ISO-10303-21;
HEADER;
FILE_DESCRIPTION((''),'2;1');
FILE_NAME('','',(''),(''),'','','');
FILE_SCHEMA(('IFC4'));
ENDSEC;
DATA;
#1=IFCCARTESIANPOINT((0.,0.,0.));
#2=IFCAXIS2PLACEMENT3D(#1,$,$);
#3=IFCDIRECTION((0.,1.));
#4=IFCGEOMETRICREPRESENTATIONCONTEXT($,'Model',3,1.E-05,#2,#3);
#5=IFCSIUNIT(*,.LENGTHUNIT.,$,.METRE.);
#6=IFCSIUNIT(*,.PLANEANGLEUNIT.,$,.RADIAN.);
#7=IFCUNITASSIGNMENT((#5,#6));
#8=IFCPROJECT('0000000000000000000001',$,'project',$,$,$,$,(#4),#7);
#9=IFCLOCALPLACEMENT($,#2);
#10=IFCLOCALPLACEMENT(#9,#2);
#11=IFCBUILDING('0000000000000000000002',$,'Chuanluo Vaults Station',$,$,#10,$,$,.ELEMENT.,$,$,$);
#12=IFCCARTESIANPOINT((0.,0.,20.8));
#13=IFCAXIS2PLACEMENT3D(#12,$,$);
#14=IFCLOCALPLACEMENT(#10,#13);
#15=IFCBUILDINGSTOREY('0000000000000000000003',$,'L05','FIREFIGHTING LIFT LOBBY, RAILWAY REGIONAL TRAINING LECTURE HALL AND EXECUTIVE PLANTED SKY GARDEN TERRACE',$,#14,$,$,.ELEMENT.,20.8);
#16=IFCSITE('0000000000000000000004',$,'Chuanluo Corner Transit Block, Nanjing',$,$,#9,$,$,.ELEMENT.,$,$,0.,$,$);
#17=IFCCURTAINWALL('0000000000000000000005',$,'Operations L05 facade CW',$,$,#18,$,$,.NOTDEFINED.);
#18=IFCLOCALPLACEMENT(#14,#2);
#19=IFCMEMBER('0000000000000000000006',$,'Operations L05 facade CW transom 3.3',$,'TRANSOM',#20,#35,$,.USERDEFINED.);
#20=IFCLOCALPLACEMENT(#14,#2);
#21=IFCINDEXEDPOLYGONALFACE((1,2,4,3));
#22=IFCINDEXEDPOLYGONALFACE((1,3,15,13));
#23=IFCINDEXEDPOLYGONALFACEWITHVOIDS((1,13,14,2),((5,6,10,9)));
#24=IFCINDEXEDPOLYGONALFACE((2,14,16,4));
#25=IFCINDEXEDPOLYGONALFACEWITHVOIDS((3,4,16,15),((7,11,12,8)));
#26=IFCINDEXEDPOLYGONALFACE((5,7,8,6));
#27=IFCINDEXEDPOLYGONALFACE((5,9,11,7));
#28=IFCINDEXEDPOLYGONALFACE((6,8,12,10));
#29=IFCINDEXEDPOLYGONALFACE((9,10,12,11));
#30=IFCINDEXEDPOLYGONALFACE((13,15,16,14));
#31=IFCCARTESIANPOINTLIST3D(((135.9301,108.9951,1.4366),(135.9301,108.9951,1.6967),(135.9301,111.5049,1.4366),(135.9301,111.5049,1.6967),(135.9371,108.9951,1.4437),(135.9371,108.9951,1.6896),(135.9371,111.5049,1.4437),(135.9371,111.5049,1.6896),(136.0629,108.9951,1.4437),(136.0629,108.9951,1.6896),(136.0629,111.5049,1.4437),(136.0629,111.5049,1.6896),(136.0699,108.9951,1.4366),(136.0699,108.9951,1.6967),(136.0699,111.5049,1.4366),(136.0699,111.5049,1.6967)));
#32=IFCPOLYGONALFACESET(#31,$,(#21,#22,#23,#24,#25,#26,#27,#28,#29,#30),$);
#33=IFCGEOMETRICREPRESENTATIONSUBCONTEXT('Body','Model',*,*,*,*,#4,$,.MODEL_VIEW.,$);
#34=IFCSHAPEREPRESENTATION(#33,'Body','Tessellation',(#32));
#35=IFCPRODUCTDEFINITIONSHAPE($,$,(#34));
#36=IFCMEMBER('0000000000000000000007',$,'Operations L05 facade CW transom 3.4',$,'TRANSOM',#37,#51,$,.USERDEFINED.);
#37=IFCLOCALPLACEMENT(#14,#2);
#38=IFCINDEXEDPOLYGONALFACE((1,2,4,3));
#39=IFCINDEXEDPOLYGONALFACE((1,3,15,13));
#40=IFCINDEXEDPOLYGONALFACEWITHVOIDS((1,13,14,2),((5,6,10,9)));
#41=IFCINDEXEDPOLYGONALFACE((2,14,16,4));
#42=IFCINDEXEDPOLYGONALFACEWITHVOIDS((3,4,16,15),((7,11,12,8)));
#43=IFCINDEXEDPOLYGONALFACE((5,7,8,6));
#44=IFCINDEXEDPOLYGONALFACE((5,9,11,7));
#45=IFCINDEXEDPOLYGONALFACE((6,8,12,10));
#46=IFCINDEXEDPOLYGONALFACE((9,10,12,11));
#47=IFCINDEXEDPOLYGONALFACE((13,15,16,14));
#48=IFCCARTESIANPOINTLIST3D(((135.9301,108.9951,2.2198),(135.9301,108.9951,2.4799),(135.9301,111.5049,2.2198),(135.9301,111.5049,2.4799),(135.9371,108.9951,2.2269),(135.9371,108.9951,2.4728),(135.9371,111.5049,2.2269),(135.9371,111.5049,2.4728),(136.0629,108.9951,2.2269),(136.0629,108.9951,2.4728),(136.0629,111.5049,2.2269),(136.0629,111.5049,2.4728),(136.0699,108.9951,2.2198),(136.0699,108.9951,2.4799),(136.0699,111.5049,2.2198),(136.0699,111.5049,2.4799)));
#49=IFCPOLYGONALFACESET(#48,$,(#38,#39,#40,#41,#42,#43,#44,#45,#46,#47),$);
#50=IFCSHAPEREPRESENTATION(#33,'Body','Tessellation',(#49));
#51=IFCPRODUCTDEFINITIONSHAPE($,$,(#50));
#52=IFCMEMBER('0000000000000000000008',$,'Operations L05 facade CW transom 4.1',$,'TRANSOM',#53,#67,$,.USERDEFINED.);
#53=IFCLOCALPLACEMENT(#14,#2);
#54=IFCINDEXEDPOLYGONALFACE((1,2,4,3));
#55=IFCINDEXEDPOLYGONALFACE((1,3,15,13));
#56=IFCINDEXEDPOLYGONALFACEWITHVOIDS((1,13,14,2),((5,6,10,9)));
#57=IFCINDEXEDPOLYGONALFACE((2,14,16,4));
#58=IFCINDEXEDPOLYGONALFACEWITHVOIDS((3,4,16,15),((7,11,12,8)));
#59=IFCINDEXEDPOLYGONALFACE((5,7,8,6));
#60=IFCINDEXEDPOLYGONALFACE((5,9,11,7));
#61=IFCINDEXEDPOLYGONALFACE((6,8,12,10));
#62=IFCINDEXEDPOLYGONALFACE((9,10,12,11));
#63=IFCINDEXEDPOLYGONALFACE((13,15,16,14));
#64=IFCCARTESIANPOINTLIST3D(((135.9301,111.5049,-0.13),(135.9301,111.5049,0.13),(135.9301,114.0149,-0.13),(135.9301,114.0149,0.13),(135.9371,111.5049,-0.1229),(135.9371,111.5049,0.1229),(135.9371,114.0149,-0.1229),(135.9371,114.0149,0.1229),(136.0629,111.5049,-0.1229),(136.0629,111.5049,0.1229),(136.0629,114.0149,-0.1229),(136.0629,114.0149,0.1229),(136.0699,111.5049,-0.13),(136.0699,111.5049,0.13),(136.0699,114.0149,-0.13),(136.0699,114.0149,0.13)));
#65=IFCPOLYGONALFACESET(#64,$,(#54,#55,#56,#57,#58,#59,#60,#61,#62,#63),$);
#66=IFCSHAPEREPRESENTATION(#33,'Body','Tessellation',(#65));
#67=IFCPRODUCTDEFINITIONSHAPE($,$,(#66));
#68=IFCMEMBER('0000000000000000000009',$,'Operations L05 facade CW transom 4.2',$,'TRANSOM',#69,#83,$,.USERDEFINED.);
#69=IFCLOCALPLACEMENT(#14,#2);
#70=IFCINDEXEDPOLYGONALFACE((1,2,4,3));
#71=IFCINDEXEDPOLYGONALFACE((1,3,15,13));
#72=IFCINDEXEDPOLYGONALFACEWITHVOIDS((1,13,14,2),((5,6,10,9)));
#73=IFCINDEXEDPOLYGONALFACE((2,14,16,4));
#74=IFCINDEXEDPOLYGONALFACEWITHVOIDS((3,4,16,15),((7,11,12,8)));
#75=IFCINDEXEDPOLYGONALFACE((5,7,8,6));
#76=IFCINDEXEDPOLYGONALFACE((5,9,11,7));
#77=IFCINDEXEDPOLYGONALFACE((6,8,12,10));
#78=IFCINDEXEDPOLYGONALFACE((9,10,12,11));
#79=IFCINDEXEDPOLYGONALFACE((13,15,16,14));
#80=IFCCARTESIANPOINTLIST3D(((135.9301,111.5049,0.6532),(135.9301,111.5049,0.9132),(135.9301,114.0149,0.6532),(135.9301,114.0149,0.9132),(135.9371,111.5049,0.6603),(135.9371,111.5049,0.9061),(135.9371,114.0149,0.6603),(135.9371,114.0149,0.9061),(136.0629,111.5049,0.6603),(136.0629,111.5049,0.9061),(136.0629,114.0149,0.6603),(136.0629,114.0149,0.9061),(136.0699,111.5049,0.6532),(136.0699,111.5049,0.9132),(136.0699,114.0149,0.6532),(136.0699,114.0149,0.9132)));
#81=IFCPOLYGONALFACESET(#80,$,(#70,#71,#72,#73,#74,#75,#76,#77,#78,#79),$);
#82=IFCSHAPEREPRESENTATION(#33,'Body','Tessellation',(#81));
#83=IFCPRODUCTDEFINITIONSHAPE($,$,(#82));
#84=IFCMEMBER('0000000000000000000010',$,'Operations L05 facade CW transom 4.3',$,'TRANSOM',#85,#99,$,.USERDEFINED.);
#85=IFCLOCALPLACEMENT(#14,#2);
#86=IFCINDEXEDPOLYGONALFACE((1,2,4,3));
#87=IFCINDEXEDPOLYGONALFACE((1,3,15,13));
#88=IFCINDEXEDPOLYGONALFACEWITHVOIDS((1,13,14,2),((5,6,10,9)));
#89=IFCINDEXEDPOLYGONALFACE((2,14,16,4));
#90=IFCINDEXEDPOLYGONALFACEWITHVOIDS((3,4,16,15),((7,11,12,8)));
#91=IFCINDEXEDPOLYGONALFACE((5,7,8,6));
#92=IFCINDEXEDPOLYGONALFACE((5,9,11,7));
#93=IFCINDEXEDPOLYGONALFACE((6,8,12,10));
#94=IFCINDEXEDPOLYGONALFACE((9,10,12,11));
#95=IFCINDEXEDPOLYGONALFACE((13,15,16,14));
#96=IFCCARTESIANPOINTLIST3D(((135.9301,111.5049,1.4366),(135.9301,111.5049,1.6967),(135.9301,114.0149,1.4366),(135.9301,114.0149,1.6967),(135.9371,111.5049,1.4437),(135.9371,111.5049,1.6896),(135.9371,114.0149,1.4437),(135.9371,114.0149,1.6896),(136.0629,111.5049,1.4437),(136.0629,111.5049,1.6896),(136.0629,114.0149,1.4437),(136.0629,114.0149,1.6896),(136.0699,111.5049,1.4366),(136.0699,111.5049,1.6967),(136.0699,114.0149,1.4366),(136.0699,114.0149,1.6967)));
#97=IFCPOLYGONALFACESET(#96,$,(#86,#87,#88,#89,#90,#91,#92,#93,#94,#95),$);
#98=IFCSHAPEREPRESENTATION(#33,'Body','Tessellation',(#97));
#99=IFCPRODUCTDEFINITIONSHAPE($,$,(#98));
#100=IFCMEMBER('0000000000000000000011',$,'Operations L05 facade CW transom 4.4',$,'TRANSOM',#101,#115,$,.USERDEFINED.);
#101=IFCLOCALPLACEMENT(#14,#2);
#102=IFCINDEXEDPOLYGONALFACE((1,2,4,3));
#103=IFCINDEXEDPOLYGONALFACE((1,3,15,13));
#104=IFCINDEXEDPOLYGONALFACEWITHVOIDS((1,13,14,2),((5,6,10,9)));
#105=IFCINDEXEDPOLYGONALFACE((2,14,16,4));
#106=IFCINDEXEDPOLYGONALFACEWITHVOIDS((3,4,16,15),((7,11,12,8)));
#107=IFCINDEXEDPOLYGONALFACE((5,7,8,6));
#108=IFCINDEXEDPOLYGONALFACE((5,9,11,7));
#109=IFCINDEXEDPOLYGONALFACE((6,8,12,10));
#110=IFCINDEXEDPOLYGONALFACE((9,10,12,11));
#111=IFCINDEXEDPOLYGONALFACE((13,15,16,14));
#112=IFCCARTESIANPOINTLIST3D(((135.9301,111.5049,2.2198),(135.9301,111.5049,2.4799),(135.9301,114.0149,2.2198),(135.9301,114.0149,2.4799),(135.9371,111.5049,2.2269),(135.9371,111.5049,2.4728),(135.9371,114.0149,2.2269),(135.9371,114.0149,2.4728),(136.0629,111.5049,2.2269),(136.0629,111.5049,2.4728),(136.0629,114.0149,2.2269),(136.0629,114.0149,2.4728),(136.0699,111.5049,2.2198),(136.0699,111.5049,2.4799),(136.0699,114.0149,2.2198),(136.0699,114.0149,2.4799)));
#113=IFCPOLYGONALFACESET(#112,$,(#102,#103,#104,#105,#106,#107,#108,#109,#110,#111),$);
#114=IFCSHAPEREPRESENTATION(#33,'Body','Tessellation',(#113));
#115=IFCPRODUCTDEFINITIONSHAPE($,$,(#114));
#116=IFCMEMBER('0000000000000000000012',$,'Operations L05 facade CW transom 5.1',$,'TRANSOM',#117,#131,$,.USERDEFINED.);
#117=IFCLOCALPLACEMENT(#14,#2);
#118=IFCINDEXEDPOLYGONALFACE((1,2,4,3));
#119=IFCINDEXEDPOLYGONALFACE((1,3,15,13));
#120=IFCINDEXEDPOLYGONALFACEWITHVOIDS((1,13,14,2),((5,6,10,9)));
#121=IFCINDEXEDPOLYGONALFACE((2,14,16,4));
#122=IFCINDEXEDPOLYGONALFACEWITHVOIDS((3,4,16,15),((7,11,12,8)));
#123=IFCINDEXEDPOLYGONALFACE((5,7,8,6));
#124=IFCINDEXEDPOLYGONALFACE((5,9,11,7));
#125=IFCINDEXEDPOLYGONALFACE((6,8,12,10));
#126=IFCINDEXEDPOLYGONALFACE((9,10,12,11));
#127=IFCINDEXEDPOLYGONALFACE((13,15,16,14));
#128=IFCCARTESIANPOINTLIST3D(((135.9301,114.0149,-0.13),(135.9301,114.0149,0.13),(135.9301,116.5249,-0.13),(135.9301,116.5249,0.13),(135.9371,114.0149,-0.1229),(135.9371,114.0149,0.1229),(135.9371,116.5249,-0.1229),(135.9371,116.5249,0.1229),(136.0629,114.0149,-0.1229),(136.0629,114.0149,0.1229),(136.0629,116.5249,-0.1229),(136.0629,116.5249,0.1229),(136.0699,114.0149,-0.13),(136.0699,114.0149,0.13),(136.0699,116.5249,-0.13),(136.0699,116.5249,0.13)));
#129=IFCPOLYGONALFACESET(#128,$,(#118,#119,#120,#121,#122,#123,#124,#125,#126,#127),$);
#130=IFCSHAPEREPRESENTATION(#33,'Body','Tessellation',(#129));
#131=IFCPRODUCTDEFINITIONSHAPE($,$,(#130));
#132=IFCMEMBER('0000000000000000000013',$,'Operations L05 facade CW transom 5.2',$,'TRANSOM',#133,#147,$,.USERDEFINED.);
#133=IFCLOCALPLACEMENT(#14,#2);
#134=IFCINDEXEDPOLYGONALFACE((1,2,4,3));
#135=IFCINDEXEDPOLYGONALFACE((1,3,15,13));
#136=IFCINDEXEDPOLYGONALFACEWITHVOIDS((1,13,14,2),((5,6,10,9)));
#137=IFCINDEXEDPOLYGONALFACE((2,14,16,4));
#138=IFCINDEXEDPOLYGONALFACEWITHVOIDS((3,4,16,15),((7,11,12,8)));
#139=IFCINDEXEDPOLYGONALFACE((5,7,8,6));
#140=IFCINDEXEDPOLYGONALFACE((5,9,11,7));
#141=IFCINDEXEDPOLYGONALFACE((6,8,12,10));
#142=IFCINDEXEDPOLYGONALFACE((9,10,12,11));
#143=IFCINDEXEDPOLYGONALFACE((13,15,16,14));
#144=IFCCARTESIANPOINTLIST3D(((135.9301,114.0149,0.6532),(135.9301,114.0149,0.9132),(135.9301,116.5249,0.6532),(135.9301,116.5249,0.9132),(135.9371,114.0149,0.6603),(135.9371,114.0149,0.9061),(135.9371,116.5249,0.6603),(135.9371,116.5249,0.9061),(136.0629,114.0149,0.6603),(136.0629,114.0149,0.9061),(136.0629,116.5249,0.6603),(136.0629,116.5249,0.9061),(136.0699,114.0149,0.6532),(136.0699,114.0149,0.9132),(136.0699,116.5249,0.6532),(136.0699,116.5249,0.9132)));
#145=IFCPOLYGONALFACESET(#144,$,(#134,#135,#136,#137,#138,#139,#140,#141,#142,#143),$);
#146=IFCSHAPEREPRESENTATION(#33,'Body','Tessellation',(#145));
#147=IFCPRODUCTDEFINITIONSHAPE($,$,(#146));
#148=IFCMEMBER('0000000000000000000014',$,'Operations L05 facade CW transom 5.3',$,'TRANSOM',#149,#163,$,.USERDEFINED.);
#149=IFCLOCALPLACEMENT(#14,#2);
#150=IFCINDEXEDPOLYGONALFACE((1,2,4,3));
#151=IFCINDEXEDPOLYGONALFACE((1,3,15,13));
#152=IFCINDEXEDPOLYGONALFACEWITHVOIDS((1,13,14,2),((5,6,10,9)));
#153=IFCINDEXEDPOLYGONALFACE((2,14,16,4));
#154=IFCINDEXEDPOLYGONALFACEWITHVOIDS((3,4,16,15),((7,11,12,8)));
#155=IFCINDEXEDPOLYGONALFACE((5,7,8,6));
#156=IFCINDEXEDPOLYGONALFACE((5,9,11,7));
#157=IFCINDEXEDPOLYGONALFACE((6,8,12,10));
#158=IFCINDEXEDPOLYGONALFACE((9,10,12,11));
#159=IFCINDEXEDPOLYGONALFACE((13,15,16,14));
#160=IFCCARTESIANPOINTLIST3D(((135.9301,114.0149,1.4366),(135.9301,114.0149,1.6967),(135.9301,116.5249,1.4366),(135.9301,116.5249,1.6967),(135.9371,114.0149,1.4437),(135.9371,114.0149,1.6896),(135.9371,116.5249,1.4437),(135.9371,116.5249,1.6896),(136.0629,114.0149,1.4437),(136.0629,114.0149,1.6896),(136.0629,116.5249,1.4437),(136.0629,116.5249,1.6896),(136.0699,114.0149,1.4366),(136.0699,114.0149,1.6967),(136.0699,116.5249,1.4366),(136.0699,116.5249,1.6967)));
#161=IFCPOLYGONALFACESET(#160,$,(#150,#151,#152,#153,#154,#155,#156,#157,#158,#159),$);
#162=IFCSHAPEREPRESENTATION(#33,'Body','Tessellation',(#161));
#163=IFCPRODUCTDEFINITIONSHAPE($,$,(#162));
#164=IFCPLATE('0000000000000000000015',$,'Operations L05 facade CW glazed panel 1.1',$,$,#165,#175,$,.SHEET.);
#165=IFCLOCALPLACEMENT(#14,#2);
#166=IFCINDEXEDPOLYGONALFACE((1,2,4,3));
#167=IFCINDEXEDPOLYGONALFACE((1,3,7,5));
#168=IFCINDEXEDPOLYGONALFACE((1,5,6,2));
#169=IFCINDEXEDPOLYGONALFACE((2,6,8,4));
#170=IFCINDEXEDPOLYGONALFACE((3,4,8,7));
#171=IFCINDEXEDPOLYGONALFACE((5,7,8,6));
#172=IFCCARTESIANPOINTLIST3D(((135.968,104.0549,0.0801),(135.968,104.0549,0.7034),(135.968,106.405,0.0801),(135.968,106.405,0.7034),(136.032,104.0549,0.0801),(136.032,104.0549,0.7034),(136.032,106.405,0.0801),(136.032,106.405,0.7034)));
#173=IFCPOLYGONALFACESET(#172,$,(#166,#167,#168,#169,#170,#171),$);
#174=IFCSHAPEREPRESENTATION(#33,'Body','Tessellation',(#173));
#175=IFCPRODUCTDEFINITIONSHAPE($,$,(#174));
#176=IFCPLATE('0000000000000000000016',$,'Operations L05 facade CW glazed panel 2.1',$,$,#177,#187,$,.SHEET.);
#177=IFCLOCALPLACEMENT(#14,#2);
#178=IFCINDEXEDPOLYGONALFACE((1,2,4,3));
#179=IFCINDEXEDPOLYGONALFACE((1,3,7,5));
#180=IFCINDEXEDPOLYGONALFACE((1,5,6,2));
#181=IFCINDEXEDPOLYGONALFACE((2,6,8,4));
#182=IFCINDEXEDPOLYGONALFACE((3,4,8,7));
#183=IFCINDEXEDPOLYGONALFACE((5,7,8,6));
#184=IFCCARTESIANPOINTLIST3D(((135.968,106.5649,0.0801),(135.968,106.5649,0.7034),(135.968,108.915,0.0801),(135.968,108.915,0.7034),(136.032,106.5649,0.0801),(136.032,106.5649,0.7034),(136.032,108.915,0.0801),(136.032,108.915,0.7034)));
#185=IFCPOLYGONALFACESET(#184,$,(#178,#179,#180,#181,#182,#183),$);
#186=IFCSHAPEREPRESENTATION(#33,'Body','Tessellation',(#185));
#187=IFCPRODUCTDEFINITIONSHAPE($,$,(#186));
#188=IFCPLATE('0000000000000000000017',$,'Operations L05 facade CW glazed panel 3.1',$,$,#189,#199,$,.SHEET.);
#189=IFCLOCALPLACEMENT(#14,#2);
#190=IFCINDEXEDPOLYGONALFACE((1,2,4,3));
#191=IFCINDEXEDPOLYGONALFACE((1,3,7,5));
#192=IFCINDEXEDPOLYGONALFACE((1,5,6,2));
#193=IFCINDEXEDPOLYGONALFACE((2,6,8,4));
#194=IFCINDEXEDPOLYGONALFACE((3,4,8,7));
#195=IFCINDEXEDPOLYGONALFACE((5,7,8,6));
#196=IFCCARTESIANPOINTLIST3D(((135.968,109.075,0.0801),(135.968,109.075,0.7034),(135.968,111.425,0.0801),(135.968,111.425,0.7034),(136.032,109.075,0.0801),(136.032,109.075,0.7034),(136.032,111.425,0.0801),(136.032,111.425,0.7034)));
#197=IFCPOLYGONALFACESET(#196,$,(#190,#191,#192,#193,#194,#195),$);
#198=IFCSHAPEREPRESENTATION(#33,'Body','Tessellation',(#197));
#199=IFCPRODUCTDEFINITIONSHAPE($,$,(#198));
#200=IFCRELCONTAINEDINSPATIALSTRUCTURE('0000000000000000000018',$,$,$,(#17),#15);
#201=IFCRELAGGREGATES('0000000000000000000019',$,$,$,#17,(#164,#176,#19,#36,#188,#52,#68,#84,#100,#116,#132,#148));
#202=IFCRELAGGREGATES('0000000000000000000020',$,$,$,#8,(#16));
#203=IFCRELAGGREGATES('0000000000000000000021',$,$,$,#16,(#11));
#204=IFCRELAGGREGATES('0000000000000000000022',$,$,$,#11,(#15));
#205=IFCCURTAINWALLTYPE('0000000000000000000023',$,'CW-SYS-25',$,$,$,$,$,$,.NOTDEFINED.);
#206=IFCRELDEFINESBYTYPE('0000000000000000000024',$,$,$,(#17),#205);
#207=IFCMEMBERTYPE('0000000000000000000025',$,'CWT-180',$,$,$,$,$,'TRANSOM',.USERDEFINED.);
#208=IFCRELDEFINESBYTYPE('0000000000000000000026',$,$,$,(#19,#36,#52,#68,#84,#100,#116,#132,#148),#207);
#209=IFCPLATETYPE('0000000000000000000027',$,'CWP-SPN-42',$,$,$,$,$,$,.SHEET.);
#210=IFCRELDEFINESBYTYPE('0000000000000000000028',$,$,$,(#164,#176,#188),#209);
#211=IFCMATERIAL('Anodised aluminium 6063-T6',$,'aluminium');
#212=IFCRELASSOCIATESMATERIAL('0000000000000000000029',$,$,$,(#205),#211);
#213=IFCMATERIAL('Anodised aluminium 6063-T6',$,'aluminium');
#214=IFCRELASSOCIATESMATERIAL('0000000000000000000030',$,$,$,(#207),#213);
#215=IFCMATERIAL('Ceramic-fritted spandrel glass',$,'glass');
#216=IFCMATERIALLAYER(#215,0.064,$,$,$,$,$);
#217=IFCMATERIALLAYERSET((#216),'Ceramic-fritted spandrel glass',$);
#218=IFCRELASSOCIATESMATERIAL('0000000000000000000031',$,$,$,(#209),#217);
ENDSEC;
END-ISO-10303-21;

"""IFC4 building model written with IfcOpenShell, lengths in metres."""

from ifc_helpers import new_model, si_unit, direction, frame, origin, origin_2d, place, context, subcontext, project, spatial, rectangle, hollow_rectangle, extrude, material, layer, layer_set, material_profile, profile_set, type_object, element, aggregate, save


model = new_model("IFC4")

# Units and contexts
model_context = context("Model", 3, precision=1e-05, world=origin(), true_north=direction((0.0, 1.0)))
body_context = subcontext(model_context, "Body", "Model", "MODEL_VIEW")
ifc_project = project(units=[si_unit("LENGTHUNIT", "METRE"), si_unit("PLANEANGLEUNIT", "RADIAN")], contexts=[model_context])

# Site, building, storey
site_placement = place(None, origin())
site = spatial("IfcSite", under=ifc_project, at=site_placement, Name="Chuanluo Corner Transit Block, Nanjing", CompositionType="ELEMENT", RefElevation=0.0)
building_placement = place(site_placement, origin())
building = spatial("IfcBuilding", under=site, at=building_placement, Name="Chuanluo Vaults Station", CompositionType="ELEMENT")
storey_placement = place(building_placement, frame((0.0, 0.0, 20.8)))
storey = spatial("IfcBuildingStorey", under=building, at=storey_placement, Name="L05", Description="FIREFIGHTING LIFT LOBBY, RAILWAY REGIONAL TRAINING LECTURE HALL AND EXECUTIVE PLANTED SKY GARDEN TERRACE", CompositionType="ELEMENT", Elevation=20.8)

# Curtain wall, members, plates
ifc_material_1 = material(Name="Anodised aluminium 6063-T6", Category="aluminium")
curtain_wall_type = type_object("IfcCurtainWallType", Name="CW-SYS-25", PredefinedType="NOTDEFINED", material=ifc_material_1)
curtain_wall_placement = place(storey_placement, origin())
curtain_wall = element("IfcCurtainWall", 1, at=curtain_wall_placement, inside=storey, type_object=curtain_wall_type, Name="Operations L05 facade CW", PredefinedType="NOTDEFINED")
ifc_material_2 = material(Name="Anodised aluminium 6063-T6", Category="aluminium")
ifc_material_profile_1 = material_profile(ifc_material_2, hollow_rectangle(XDim=0.1399, YDim=0.26, WallThickness=0.0071, at=origin_2d()))
ifc_profile_set_1 = profile_set([ifc_material_profile_1], Name="Anodised aluminium 6063-T6")
member_type_1 = type_object("IfcMemberType", Name="CWT-180", ElementType="TRANSOM", PredefinedType="USERDEFINED", material=ifc_profile_set_1)
member_1_placement = place(storey_placement, frame((136.0, 108.9951, 1.5667), z_axis=(0.0, 1.0, 0.0), x_axis=(-1.0, 0.0, 0.0)))
member_1 = element("IfcMember", 2, at=member_1_placement, type_object=member_type_1, Name="Operations L05 facade CW transom 3.3", ObjectType="TRANSOM", PredefinedType="USERDEFINED", context=body_context, shape_type="SweptSolid", body=[
    extrude(hollow_rectangle(XDim=0.1399, YDim=0.26, WallThickness=0.0071, at=origin_2d()), origin(), (0.0, 0.0, 1.0), 2.5098),
])
member_2_placement = place(storey_placement, frame((136.0, 108.9951, 2.3499), z_axis=(0.0, 1.0, 0.0), x_axis=(-1.0, 0.0, 0.0)))
member_2 = element("IfcMember", 3, at=member_2_placement, type_object=member_type_1, Name="Operations L05 facade CW transom 3.4", ObjectType="TRANSOM", PredefinedType="USERDEFINED", context=body_context, shape_type="SweptSolid", body=[
    extrude(hollow_rectangle(XDim=0.1399, YDim=0.26, WallThickness=0.0071, at=origin_2d()), origin(), (0.0, 0.0, 1.0), 2.5098),
])
member_3_placement = place(storey_placement, frame((136.0, 111.5049, 0.0), z_axis=(0.0, 1.0, 0.0), x_axis=(-1.0, 0.0, 0.0)))
member_3 = element("IfcMember", 4, at=member_3_placement, type_object=member_type_1, Name="Operations L05 facade CW transom 4.1", ObjectType="TRANSOM", PredefinedType="USERDEFINED", context=body_context, shape_type="SweptSolid", body=[
    extrude(hollow_rectangle(XDim=0.1399, YDim=0.26, WallThickness=0.0071, at=origin_2d()), origin(), (0.0, 0.0, 1.0), 2.51),
])
member_4_placement = place(storey_placement, frame((136.0, 111.5049, 0.7832), z_axis=(0.0, 1.0, 0.0), x_axis=(-1.0, 0.0, 0.0)))
member_4 = element("IfcMember", 5, at=member_4_placement, type_object=member_type_1, Name="Operations L05 facade CW transom 4.2", ObjectType="TRANSOM", PredefinedType="USERDEFINED", context=body_context, shape_type="SweptSolid", body=[
    extrude(hollow_rectangle(XDim=0.1399, YDim=0.26, WallThickness=0.0071, at=origin_2d()), origin(), (0.0, 0.0, 1.0), 2.51),
])
member_5_placement = place(storey_placement, frame((136.0, 111.5049, 1.5667), z_axis=(0.0, 1.0, 0.0), x_axis=(-1.0, 0.0, 0.0)))
member_5 = element("IfcMember", 6, at=member_5_placement, type_object=member_type_1, Name="Operations L05 facade CW transom 4.3", ObjectType="TRANSOM", PredefinedType="USERDEFINED", context=body_context, shape_type="SweptSolid", body=[
    extrude(hollow_rectangle(XDim=0.1399, YDim=0.26, WallThickness=0.0071, at=origin_2d()), origin(), (0.0, 0.0, 1.0), 2.51),
])
member_6_placement = place(storey_placement, frame((136.0, 111.5049, 2.3499), z_axis=(0.0, 1.0, 0.0), x_axis=(-1.0, 0.0, 0.0)))
member_6 = element("IfcMember", 7, at=member_6_placement, type_object=member_type_1, Name="Operations L05 facade CW transom 4.4", ObjectType="TRANSOM", PredefinedType="USERDEFINED", context=body_context, shape_type="SweptSolid", body=[
    extrude(hollow_rectangle(XDim=0.1399, YDim=0.26, WallThickness=0.0071, at=origin_2d()), origin(), (0.0, 0.0, 1.0), 2.51),
])
member_7_placement = place(storey_placement, frame((136.0, 114.0149, 0.0), z_axis=(0.0, 1.0, 0.0), x_axis=(-1.0, 0.0, 0.0)))
member_7 = element("IfcMember", 8, at=member_7_placement, type_object=member_type_1, Name="Operations L05 facade CW transom 5.1", ObjectType="TRANSOM", PredefinedType="USERDEFINED", context=body_context, shape_type="SweptSolid", body=[
    extrude(hollow_rectangle(XDim=0.1399, YDim=0.26, WallThickness=0.0071, at=origin_2d()), origin(), (0.0, 0.0, 1.0), 2.51),
])
member_8_placement = place(storey_placement, frame((136.0, 114.0149, 0.7832), z_axis=(0.0, 1.0, 0.0), x_axis=(-1.0, 0.0, 0.0)))
member_8 = element("IfcMember", 9, at=member_8_placement, type_object=member_type_1, Name="Operations L05 facade CW transom 5.2", ObjectType="TRANSOM", PredefinedType="USERDEFINED", context=body_context, shape_type="SweptSolid", body=[
    extrude(hollow_rectangle(XDim=0.1399, YDim=0.26, WallThickness=0.0071, at=origin_2d()), origin(), (0.0, 0.0, 1.0), 2.51),
])
member_9_placement = place(storey_placement, frame((136.0, 114.0149, 1.5667), z_axis=(0.0, 1.0, 0.0), x_axis=(-1.0, 0.0, 0.0)))
member_9 = element("IfcMember", 10, at=member_9_placement, type_object=member_type_1, Name="Operations L05 facade CW transom 5.3", ObjectType="TRANSOM", PredefinedType="USERDEFINED", context=body_context, shape_type="SweptSolid", body=[
    extrude(hollow_rectangle(XDim=0.1399, YDim=0.26, WallThickness=0.0071, at=origin_2d()), origin(), (0.0, 0.0, 1.0), 2.51),
])
ifc_material_3 = material(Name="Ceramic-fritted spandrel glass", Category="glass")
ifc_layer_1 = layer(ifc_material_3, 0.064)
ifc_layer_set_1 = layer_set([ifc_layer_1], Name="Ceramic-fritted spandrel glass")
plate_type_1 = type_object("IfcPlateType", Name="CWP-SPN-42", PredefinedType="SHEET", material=ifc_layer_set_1)
plate_1_placement = place(storey_placement, frame((136.0, 105.23, 0.0801), z_axis=(0.0, 0.0, 1.0), x_axis=(0.0, 1.0, 0.0)))
plate_1 = element("IfcPlate", 11, at=plate_1_placement, type_object=plate_type_1, Name="Operations L05 facade CW glazed panel 1.1", PredefinedType="SHEET", context=body_context, shape_type="SweptSolid", body=[
    extrude(rectangle(XDim=2.3501, YDim=0.064, at=origin_2d()), origin(), (0.0, 0.0, 1.0), 0.6233),
])
plate_2_placement = place(storey_placement, frame((136.0, 107.74, 0.0801), z_axis=(0.0, 0.0, 1.0), x_axis=(0.0, 1.0, 0.0)))
plate_2 = element("IfcPlate", 12, at=plate_2_placement, type_object=plate_type_1, Name="Operations L05 facade CW glazed panel 2.1", PredefinedType="SHEET", context=body_context, shape_type="SweptSolid", body=[
    extrude(rectangle(XDim=2.3501, YDim=0.064, at=origin_2d()), origin(), (0.0, 0.0, 1.0), 0.6233),
])
plate_3_placement = place(storey_placement, frame((136.0, 110.25, 0.0801), z_axis=(0.0, 0.0, 1.0), x_axis=(0.0, 1.0, 0.0)))
plate_3 = element("IfcPlate", 13, at=plate_3_placement, type_object=plate_type_1, Name="Operations L05 facade CW glazed panel 3.1", PredefinedType="SHEET", context=body_context, shape_type="SweptSolid", body=[
    extrude(rectangle(XDim=2.3501, YDim=0.064, at=origin_2d()), origin(), (0.0, 0.0, 1.0), 0.6233),
])
aggregate(curtain_wall, [plate_1, plate_2, member_1, member_2, plate_3, member_3, member_4, member_5, member_6, member_7, member_8, member_9])

save(model, "model.ifc")
